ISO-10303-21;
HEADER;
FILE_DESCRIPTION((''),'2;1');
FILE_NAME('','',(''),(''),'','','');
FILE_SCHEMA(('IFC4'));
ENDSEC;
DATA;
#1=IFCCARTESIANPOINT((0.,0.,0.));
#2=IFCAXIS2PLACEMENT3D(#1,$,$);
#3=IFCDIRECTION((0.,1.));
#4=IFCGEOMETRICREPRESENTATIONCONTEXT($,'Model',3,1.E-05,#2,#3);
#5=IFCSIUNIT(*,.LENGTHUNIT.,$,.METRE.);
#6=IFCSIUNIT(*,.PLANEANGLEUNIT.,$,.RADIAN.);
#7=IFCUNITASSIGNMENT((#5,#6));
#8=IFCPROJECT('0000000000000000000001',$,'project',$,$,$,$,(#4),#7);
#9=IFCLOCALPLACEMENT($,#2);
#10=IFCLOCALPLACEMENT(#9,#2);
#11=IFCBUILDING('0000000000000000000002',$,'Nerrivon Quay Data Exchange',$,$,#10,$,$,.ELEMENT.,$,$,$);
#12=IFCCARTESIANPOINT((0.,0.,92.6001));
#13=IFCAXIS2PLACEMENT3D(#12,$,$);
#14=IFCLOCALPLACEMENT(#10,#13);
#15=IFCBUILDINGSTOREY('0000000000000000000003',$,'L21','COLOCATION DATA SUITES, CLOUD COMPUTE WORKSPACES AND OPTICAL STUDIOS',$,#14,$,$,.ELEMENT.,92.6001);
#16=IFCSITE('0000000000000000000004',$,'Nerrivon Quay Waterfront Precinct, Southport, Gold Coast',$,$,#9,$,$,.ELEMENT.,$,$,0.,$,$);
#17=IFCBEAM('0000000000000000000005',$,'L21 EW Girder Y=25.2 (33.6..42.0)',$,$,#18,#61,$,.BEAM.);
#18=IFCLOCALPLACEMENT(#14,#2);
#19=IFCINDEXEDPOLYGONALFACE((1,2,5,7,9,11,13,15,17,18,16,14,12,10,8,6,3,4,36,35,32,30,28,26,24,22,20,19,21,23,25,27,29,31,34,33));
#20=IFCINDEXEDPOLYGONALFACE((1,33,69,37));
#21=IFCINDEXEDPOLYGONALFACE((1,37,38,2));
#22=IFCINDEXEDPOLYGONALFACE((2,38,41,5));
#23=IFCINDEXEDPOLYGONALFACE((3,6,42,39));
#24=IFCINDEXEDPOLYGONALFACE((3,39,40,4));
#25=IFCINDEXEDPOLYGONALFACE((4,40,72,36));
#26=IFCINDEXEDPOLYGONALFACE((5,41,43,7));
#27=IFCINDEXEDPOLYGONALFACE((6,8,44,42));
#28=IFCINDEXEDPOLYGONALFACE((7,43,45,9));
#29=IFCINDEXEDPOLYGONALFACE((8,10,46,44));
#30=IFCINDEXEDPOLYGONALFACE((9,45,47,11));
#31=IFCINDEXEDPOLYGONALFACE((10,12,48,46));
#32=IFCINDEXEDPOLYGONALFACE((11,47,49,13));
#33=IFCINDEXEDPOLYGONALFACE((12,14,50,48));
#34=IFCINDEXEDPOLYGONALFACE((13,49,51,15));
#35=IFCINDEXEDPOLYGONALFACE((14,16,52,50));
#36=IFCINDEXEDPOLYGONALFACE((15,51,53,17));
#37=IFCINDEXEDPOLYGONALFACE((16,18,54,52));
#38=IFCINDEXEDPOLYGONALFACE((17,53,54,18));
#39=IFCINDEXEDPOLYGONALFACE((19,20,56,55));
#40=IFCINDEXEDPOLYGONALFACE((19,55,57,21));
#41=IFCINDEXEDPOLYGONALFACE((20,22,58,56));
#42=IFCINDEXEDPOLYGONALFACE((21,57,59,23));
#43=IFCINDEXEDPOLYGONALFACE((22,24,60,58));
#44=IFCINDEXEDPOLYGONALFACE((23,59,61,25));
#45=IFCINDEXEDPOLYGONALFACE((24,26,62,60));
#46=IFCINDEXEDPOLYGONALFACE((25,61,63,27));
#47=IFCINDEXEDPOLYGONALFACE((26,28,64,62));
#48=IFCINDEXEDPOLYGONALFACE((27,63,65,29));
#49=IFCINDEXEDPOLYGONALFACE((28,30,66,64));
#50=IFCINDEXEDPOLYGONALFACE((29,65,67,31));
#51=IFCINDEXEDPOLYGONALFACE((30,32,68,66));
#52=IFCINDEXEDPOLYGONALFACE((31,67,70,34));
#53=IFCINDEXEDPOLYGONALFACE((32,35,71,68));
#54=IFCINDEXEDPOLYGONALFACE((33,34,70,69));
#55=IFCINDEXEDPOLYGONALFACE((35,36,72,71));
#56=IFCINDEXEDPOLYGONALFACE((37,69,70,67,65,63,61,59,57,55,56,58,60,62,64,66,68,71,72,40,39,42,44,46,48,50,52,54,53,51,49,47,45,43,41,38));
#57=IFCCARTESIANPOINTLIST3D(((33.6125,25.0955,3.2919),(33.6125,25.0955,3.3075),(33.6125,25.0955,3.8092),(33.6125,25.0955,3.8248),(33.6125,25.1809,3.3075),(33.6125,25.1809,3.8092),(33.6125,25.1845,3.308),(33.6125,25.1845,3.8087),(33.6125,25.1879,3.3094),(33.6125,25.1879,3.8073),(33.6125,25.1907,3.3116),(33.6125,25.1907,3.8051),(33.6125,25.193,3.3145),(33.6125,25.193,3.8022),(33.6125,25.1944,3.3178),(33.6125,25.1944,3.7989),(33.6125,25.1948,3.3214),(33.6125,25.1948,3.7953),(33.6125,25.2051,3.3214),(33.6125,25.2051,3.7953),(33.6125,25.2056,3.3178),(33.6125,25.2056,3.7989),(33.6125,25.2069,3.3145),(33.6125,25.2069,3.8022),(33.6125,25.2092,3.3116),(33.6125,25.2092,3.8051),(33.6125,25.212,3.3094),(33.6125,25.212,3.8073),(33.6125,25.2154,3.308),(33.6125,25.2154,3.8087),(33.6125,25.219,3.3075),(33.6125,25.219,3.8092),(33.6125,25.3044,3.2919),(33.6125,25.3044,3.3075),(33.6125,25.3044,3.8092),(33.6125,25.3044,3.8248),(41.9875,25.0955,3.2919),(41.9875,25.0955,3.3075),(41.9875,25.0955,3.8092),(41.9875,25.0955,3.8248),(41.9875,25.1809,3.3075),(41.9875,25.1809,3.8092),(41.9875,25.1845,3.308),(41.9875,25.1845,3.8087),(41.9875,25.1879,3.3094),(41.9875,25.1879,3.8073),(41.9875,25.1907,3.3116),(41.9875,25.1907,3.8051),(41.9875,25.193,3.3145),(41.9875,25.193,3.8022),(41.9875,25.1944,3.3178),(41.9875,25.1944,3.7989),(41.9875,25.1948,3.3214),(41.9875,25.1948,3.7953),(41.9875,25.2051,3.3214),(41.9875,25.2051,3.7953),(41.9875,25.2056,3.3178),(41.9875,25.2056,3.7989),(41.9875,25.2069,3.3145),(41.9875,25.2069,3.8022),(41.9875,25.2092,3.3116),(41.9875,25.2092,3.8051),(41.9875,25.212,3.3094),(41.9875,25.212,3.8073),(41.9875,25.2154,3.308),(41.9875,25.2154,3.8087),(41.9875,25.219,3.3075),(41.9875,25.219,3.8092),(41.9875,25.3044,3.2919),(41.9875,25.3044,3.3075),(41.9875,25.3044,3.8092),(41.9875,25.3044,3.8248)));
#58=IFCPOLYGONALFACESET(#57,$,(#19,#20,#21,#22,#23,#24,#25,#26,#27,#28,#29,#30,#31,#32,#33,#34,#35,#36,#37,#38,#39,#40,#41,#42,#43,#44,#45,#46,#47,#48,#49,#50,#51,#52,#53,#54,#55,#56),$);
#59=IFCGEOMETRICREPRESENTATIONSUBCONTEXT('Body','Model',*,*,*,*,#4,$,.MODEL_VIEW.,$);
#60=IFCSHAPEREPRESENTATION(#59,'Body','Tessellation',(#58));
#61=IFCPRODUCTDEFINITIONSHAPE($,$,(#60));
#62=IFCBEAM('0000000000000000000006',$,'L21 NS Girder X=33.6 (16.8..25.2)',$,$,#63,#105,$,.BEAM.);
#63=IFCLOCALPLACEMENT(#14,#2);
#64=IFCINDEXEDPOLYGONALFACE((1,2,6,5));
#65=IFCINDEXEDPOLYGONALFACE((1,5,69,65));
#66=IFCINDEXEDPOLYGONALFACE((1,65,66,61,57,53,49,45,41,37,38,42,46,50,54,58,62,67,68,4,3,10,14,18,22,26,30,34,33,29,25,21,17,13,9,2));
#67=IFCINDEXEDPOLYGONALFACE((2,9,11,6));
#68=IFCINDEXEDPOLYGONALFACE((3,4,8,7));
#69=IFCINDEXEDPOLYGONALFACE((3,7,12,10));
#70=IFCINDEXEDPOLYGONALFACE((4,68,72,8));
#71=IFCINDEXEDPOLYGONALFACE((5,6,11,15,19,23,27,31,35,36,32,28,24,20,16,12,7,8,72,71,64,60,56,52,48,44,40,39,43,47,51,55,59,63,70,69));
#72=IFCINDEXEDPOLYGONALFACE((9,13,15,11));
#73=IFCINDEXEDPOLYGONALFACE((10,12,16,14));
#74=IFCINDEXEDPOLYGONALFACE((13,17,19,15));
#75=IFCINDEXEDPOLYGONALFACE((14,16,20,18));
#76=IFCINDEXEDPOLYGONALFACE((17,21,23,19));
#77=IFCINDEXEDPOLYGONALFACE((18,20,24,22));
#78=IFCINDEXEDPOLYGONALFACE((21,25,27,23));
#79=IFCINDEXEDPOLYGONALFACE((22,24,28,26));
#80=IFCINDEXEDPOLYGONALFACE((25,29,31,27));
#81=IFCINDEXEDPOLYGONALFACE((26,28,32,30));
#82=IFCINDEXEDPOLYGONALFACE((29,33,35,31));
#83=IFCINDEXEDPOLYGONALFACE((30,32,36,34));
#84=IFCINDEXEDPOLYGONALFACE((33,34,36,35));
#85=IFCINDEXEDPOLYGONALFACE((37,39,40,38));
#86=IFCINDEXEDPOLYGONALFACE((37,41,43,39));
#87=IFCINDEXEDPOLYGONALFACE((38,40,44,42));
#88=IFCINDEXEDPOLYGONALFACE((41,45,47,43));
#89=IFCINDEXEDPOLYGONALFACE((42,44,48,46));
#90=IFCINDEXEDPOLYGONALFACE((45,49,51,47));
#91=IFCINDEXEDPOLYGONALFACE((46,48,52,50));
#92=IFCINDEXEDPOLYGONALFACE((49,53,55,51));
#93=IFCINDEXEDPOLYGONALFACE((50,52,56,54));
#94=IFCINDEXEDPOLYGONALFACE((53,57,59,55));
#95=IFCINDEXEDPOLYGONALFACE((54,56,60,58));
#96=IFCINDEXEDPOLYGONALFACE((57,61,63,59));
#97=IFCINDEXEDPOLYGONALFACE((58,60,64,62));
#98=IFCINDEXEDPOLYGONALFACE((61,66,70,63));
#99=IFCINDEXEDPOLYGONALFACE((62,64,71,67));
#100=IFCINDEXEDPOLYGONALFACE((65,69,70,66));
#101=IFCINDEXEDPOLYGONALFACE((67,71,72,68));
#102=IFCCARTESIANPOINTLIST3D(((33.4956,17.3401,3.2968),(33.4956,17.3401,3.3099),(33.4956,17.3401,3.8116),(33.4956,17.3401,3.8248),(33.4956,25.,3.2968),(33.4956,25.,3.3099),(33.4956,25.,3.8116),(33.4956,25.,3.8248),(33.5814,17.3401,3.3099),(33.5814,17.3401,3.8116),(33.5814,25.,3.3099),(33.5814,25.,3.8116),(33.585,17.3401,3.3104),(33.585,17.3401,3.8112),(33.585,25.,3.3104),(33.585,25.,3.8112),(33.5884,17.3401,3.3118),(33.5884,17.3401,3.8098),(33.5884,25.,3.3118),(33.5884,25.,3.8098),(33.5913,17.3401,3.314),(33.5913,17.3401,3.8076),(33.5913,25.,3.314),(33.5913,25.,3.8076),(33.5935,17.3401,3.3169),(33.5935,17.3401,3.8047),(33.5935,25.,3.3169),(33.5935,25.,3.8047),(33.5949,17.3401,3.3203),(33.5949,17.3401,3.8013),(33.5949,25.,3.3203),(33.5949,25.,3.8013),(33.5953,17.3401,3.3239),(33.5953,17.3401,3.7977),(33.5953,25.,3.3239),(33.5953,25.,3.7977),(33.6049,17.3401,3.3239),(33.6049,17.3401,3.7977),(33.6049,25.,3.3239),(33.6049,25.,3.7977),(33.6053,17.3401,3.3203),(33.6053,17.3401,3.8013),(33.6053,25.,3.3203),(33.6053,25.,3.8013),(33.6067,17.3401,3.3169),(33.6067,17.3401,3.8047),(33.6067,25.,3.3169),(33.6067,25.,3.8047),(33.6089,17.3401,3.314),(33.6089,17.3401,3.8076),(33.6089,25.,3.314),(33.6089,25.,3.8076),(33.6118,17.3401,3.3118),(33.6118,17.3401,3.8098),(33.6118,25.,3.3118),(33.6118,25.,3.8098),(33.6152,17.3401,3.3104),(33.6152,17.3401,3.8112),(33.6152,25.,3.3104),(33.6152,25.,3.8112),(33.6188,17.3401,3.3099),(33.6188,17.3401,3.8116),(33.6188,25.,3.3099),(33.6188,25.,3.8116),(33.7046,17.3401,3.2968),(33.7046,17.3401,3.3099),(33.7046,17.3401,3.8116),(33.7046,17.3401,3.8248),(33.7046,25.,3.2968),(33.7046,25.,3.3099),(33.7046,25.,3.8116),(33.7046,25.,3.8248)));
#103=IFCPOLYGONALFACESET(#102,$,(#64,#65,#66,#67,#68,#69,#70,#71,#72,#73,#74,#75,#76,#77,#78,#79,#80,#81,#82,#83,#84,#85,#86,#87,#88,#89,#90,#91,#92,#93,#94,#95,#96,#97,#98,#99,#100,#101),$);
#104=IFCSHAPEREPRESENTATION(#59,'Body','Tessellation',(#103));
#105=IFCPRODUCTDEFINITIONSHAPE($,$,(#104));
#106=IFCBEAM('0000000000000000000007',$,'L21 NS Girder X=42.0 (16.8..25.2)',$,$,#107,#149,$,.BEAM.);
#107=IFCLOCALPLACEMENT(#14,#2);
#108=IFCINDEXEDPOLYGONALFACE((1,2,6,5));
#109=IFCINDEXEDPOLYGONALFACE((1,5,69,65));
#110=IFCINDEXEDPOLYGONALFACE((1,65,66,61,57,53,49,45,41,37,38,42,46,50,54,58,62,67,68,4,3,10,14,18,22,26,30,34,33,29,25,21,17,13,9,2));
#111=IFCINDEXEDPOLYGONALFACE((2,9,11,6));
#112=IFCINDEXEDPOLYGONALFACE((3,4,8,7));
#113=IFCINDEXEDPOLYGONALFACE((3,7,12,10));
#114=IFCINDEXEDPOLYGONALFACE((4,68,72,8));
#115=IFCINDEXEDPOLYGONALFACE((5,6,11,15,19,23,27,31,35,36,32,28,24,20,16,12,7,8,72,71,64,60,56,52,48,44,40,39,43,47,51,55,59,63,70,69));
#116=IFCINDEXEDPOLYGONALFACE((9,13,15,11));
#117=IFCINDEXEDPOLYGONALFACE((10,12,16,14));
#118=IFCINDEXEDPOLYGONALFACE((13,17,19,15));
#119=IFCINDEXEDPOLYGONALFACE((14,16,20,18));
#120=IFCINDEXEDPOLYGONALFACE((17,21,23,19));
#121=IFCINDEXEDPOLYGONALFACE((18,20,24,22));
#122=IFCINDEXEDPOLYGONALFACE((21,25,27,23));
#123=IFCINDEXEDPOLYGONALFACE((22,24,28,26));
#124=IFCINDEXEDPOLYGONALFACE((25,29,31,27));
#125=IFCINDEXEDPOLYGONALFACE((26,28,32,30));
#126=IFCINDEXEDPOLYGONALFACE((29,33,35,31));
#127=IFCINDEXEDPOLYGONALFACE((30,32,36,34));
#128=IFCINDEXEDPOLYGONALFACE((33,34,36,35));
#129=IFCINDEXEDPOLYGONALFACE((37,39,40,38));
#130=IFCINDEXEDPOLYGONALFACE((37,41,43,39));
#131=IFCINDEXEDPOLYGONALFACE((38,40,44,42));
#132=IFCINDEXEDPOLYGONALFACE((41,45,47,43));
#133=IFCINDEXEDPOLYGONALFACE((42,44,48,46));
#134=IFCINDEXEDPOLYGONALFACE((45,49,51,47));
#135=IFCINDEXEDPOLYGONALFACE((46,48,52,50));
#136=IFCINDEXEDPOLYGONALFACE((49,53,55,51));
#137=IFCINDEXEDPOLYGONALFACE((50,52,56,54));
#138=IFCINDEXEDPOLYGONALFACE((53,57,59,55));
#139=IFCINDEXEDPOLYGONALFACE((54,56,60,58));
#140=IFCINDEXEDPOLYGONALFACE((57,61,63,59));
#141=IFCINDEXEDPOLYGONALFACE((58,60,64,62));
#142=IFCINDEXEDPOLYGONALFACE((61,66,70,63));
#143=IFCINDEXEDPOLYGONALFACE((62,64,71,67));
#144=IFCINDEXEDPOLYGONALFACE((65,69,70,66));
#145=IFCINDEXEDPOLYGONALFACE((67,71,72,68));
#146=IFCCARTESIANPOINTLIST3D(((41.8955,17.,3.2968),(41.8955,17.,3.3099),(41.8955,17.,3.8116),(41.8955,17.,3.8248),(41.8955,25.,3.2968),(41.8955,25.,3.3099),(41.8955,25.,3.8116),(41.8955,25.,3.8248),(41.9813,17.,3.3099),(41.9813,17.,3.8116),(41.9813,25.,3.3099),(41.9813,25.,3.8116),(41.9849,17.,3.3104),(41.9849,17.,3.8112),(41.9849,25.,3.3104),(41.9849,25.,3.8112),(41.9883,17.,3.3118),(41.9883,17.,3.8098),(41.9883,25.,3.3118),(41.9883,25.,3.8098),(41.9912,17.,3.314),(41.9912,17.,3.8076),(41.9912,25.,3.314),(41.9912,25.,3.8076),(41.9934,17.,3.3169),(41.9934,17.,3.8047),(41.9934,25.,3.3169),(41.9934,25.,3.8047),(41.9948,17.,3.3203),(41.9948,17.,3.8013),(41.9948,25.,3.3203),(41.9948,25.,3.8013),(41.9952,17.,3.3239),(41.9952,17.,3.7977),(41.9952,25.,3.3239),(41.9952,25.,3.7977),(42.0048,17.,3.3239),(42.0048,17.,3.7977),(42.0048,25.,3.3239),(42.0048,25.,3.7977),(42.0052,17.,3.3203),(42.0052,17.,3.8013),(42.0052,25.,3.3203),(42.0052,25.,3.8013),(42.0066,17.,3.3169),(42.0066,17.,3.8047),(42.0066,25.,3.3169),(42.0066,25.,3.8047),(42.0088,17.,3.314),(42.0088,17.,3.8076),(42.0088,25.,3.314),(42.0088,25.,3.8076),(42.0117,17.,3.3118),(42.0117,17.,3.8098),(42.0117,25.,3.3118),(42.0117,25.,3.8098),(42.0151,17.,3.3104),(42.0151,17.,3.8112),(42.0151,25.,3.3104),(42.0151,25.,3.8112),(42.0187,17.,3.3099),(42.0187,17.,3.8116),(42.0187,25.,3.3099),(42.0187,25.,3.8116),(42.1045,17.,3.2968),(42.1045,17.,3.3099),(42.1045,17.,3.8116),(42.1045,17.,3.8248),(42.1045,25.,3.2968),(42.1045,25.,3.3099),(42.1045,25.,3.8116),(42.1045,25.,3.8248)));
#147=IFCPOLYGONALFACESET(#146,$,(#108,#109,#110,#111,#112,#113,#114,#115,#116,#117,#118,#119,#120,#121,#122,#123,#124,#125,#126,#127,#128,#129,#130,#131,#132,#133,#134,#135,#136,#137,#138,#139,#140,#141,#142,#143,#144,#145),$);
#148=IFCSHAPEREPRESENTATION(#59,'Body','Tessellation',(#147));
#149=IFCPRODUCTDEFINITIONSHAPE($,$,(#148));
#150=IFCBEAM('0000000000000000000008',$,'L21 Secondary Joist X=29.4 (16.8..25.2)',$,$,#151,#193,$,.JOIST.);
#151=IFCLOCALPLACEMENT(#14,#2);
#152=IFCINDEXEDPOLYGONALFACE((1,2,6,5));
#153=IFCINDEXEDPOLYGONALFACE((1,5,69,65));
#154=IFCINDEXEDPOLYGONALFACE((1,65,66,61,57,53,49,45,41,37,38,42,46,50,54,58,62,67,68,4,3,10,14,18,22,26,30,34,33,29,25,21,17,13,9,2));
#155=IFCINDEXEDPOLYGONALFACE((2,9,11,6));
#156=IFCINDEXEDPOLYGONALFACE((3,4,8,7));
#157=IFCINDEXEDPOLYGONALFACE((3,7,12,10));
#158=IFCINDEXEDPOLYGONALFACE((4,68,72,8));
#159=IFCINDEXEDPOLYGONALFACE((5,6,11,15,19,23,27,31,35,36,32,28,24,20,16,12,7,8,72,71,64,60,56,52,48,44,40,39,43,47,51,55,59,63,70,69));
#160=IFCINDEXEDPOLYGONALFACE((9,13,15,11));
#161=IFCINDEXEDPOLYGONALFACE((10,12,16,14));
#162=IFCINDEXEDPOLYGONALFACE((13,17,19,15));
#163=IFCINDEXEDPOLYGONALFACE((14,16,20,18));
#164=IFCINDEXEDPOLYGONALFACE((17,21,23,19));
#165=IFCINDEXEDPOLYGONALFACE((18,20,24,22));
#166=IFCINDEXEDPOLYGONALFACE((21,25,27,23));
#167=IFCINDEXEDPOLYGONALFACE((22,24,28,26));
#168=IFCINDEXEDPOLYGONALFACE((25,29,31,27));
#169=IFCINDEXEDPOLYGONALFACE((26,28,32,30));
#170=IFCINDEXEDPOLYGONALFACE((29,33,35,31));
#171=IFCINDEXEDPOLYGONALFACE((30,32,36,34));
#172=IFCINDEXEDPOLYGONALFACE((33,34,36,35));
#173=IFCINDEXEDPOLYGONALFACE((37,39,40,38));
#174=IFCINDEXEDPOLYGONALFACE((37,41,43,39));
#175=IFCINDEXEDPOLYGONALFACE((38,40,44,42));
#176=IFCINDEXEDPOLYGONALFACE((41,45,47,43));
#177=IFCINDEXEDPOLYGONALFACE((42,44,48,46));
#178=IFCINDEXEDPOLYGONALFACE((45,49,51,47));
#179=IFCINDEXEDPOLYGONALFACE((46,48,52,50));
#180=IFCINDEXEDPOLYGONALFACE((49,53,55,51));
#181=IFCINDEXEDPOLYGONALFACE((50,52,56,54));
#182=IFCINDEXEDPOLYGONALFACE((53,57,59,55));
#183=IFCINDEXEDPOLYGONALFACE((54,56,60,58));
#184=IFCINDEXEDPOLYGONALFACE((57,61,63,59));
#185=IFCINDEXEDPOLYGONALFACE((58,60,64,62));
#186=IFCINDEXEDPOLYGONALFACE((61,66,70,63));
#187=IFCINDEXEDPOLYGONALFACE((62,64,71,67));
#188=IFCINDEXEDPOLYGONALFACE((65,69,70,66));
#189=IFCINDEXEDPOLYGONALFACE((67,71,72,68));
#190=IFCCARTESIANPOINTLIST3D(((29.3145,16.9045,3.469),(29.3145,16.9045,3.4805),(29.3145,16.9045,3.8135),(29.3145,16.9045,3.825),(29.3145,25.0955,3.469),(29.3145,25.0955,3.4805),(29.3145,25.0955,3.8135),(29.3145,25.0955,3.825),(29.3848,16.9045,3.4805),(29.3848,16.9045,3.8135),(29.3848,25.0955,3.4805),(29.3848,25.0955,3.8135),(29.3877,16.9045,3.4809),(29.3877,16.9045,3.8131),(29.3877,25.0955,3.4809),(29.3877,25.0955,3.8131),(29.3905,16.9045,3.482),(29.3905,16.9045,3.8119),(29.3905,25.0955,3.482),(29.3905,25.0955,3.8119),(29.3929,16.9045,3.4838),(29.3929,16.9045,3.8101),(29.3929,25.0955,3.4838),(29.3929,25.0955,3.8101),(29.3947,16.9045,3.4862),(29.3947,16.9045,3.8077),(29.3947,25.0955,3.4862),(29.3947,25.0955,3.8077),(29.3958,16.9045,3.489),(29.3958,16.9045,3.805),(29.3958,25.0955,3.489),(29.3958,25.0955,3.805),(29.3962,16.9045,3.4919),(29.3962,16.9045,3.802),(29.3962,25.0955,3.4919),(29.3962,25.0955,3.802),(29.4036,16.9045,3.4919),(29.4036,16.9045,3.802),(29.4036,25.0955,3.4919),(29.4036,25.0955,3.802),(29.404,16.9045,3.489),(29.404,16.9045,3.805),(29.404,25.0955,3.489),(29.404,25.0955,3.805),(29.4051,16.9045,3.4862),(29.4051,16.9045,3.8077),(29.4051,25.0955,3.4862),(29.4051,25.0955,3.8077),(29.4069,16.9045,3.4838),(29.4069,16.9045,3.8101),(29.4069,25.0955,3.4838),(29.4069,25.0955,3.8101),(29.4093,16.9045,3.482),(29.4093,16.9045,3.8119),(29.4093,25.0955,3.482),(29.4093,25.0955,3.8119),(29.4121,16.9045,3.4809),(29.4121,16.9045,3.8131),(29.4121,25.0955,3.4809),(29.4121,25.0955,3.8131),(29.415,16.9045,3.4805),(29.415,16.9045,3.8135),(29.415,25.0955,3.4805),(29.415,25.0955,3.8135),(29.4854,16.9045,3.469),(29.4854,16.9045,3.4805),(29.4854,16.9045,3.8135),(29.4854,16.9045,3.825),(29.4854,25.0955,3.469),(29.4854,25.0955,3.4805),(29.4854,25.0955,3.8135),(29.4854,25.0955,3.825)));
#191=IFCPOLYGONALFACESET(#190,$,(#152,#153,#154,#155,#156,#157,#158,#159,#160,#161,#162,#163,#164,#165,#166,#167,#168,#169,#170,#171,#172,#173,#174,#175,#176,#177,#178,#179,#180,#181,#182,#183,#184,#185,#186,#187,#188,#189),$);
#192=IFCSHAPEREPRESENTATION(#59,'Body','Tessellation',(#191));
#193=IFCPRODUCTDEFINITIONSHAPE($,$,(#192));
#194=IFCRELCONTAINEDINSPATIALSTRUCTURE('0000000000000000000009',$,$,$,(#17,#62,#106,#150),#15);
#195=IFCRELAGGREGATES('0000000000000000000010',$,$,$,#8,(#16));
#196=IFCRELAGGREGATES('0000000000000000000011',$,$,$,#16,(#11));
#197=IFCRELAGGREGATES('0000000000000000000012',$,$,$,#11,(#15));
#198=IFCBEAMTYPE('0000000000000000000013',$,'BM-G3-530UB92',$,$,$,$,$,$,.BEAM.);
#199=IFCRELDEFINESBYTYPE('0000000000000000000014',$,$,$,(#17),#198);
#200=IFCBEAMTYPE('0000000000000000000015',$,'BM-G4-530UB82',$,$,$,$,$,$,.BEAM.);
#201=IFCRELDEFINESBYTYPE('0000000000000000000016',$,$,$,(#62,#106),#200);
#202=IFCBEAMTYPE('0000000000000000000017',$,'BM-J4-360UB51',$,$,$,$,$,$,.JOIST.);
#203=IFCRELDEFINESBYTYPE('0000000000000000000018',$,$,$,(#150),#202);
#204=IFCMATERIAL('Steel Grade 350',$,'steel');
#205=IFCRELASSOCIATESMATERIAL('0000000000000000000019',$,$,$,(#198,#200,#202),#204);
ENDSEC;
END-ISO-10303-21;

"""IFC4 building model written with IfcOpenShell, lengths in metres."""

from ifc_helpers import new_model, si_unit, direction, frame, origin, origin_2d, place, context, subcontext, project, spatial, i_section, extrude, material, material_profile, profile_set, type_object, element, save


model = new_model("IFC4")

# Units and contexts
model_context = context("Model", 3, precision=1e-05, world=origin(), true_north=direction((0.0, 1.0)))
body_context = subcontext(model_context, "Body", "Model", "MODEL_VIEW")
ifc_project = project(units=[si_unit("LENGTHUNIT", "METRE"), si_unit("PLANEANGLEUNIT", "RADIAN")], contexts=[model_context])

# Site, building, storey
site_placement = place(None, origin())
site = spatial("IfcSite", under=ifc_project, at=site_placement, Name="Nerrivon Quay Waterfront Precinct, Southport, Gold Coast", CompositionType="ELEMENT", RefElevation=0.0)
building_placement = place(site_placement, origin())
building = spatial("IfcBuilding", under=site, at=building_placement, Name="Nerrivon Quay Data Exchange", CompositionType="ELEMENT")
storey_placement = place(building_placement, frame((0.0, 0.0, 92.6001)))
storey = spatial("IfcBuildingStorey", under=building, at=storey_placement, Name="L21", Description="COLOCATION DATA SUITES, CLOUD COMPUTE WORKSPACES AND OPTICAL STUDIOS", CompositionType="ELEMENT", Elevation=92.6001)

# Shared definitions
ifc_material_1 = material(Name="Steel Grade 350", Category="steel")

# Beams
ifc_material_profile_1 = material_profile(ifc_material_1, i_section(OverallWidth=0.209, OverallDepth=0.533, WebThickness=0.0103, FlangeThickness=0.0156, FilletRadius=0.0139, at=origin_2d()), Name="530UB92.4")
ifc_profile_set_1 = profile_set([ifc_material_profile_1], Name="Steel Grade 350")
beam_type_1 = type_object("IfcBeamType", Name="BM-G3-530UB92", PredefinedType="BEAM", material=ifc_profile_set_1)
for number, where, z_axis, x_axis, name in (
    (1, (33.6125, 25.2, 3.5583), (1.0, 0.0, 0.0), (0.0, 1.0, 0.0), "L21 EW Girder Y=25.2 (33.6..42.0)"),
):
    element("IfcBeam", number, at=place(storey_placement, frame(where, z_axis=z_axis, x_axis=x_axis)), inside=storey, type_object=beam_type_1, Name=name, PredefinedType="BEAM", context=body_context, shape_type="SweptSolid", body=[
        extrude(i_section(OverallWidth=0.209, OverallDepth=0.533, WebThickness=0.0103, FlangeThickness=0.0156, FilletRadius=0.0139, at=origin_2d()), origin(), (0.0, 0.0, 1.0), 8.375),
    ])
ifc_material_profile_2 = material_profile(ifc_material_1, i_section(OverallWidth=0.209, OverallDepth=0.5281, WebThickness=0.0095, FlangeThickness=0.0132, FilletRadius=0.0139, at=origin_2d()), Name="530UB82.0")
ifc_profile_set_2 = profile_set([ifc_material_profile_2], Name="Steel Grade 350")
beam_type_2 = type_object("IfcBeamType", Name="BM-G4-530UB82", PredefinedType="BEAM", material=ifc_profile_set_2)
beam_1_placement = place(storey_placement, frame((33.6001, 17.3401, 3.5608), z_axis=(0.0, 1.0, 0.0), x_axis=(-1.0, 0.0, 0.0)))
element("IfcBeam", 2, at=beam_1_placement, inside=storey, type_object=beam_type_2, Name="L21 NS Girder X=33.6 (16.8..25.2)", PredefinedType="BEAM", context=body_context, shape_type="SweptSolid", body=[
    extrude(i_section(OverallWidth=0.209, OverallDepth=0.5281, WebThickness=0.0095, FlangeThickness=0.0132, FilletRadius=0.0139, at=origin_2d()), origin(), (0.0, 0.0, 1.0), 7.6599),
])
beam_2_placement = place(storey_placement, frame((42.0, 17.0, 3.5608), z_axis=(0.0, 1.0, 0.0), x_axis=(-1.0, 0.0, 0.0)))
element("IfcBeam", 3, at=beam_2_placement, inside=storey, type_object=beam_type_2, Name="L21 NS Girder X=42.0 (16.8..25.2)", PredefinedType="BEAM", context=body_context, shape_type="SweptSolid", body=[
    extrude(i_section(OverallWidth=0.209, OverallDepth=0.5281, WebThickness=0.0095, FlangeThickness=0.0132, FilletRadius=0.0139, at=origin_2d()), origin(), (0.0, 0.0, 1.0), 8.0),
])
ifc_material_profile_3 = material_profile(ifc_material_1, i_section(OverallWidth=0.1709, OverallDepth=0.356, WebThickness=0.0073, FlangeThickness=0.0115, FilletRadius=0.0115, at=origin_2d()), Name="360UB50.7")
ifc_profile_set_3 = profile_set([ifc_material_profile_3], Name="Steel Grade 350")
beam_type_3 = type_object("IfcBeamType", Name="BM-J4-360UB51", PredefinedType="JOIST", material=ifc_profile_set_3)
for number, where, z_axis, x_axis, name in (
    (4, (29.3999, 16.9045, 3.647), (0.0, 1.0, 0.0), (-1.0, 0.0, 0.0), "L21 Secondary Joist X=29.4 (16.8..25.2)"),
):
    element("IfcBeam", number, at=place(storey_placement, frame(where, z_axis=z_axis, x_axis=x_axis)), inside=storey, type_object=beam_type_3, Name=name, PredefinedType="JOIST", context=body_context, shape_type="SweptSolid", body=[
        extrude(i_section(OverallWidth=0.1709, OverallDepth=0.356, WebThickness=0.0073, FlangeThickness=0.0115, FilletRadius=0.0115, at=origin_2d()), origin(), (0.0, 0.0, 1.0), 8.1909),
    ])

save(model, "model.ifc")
